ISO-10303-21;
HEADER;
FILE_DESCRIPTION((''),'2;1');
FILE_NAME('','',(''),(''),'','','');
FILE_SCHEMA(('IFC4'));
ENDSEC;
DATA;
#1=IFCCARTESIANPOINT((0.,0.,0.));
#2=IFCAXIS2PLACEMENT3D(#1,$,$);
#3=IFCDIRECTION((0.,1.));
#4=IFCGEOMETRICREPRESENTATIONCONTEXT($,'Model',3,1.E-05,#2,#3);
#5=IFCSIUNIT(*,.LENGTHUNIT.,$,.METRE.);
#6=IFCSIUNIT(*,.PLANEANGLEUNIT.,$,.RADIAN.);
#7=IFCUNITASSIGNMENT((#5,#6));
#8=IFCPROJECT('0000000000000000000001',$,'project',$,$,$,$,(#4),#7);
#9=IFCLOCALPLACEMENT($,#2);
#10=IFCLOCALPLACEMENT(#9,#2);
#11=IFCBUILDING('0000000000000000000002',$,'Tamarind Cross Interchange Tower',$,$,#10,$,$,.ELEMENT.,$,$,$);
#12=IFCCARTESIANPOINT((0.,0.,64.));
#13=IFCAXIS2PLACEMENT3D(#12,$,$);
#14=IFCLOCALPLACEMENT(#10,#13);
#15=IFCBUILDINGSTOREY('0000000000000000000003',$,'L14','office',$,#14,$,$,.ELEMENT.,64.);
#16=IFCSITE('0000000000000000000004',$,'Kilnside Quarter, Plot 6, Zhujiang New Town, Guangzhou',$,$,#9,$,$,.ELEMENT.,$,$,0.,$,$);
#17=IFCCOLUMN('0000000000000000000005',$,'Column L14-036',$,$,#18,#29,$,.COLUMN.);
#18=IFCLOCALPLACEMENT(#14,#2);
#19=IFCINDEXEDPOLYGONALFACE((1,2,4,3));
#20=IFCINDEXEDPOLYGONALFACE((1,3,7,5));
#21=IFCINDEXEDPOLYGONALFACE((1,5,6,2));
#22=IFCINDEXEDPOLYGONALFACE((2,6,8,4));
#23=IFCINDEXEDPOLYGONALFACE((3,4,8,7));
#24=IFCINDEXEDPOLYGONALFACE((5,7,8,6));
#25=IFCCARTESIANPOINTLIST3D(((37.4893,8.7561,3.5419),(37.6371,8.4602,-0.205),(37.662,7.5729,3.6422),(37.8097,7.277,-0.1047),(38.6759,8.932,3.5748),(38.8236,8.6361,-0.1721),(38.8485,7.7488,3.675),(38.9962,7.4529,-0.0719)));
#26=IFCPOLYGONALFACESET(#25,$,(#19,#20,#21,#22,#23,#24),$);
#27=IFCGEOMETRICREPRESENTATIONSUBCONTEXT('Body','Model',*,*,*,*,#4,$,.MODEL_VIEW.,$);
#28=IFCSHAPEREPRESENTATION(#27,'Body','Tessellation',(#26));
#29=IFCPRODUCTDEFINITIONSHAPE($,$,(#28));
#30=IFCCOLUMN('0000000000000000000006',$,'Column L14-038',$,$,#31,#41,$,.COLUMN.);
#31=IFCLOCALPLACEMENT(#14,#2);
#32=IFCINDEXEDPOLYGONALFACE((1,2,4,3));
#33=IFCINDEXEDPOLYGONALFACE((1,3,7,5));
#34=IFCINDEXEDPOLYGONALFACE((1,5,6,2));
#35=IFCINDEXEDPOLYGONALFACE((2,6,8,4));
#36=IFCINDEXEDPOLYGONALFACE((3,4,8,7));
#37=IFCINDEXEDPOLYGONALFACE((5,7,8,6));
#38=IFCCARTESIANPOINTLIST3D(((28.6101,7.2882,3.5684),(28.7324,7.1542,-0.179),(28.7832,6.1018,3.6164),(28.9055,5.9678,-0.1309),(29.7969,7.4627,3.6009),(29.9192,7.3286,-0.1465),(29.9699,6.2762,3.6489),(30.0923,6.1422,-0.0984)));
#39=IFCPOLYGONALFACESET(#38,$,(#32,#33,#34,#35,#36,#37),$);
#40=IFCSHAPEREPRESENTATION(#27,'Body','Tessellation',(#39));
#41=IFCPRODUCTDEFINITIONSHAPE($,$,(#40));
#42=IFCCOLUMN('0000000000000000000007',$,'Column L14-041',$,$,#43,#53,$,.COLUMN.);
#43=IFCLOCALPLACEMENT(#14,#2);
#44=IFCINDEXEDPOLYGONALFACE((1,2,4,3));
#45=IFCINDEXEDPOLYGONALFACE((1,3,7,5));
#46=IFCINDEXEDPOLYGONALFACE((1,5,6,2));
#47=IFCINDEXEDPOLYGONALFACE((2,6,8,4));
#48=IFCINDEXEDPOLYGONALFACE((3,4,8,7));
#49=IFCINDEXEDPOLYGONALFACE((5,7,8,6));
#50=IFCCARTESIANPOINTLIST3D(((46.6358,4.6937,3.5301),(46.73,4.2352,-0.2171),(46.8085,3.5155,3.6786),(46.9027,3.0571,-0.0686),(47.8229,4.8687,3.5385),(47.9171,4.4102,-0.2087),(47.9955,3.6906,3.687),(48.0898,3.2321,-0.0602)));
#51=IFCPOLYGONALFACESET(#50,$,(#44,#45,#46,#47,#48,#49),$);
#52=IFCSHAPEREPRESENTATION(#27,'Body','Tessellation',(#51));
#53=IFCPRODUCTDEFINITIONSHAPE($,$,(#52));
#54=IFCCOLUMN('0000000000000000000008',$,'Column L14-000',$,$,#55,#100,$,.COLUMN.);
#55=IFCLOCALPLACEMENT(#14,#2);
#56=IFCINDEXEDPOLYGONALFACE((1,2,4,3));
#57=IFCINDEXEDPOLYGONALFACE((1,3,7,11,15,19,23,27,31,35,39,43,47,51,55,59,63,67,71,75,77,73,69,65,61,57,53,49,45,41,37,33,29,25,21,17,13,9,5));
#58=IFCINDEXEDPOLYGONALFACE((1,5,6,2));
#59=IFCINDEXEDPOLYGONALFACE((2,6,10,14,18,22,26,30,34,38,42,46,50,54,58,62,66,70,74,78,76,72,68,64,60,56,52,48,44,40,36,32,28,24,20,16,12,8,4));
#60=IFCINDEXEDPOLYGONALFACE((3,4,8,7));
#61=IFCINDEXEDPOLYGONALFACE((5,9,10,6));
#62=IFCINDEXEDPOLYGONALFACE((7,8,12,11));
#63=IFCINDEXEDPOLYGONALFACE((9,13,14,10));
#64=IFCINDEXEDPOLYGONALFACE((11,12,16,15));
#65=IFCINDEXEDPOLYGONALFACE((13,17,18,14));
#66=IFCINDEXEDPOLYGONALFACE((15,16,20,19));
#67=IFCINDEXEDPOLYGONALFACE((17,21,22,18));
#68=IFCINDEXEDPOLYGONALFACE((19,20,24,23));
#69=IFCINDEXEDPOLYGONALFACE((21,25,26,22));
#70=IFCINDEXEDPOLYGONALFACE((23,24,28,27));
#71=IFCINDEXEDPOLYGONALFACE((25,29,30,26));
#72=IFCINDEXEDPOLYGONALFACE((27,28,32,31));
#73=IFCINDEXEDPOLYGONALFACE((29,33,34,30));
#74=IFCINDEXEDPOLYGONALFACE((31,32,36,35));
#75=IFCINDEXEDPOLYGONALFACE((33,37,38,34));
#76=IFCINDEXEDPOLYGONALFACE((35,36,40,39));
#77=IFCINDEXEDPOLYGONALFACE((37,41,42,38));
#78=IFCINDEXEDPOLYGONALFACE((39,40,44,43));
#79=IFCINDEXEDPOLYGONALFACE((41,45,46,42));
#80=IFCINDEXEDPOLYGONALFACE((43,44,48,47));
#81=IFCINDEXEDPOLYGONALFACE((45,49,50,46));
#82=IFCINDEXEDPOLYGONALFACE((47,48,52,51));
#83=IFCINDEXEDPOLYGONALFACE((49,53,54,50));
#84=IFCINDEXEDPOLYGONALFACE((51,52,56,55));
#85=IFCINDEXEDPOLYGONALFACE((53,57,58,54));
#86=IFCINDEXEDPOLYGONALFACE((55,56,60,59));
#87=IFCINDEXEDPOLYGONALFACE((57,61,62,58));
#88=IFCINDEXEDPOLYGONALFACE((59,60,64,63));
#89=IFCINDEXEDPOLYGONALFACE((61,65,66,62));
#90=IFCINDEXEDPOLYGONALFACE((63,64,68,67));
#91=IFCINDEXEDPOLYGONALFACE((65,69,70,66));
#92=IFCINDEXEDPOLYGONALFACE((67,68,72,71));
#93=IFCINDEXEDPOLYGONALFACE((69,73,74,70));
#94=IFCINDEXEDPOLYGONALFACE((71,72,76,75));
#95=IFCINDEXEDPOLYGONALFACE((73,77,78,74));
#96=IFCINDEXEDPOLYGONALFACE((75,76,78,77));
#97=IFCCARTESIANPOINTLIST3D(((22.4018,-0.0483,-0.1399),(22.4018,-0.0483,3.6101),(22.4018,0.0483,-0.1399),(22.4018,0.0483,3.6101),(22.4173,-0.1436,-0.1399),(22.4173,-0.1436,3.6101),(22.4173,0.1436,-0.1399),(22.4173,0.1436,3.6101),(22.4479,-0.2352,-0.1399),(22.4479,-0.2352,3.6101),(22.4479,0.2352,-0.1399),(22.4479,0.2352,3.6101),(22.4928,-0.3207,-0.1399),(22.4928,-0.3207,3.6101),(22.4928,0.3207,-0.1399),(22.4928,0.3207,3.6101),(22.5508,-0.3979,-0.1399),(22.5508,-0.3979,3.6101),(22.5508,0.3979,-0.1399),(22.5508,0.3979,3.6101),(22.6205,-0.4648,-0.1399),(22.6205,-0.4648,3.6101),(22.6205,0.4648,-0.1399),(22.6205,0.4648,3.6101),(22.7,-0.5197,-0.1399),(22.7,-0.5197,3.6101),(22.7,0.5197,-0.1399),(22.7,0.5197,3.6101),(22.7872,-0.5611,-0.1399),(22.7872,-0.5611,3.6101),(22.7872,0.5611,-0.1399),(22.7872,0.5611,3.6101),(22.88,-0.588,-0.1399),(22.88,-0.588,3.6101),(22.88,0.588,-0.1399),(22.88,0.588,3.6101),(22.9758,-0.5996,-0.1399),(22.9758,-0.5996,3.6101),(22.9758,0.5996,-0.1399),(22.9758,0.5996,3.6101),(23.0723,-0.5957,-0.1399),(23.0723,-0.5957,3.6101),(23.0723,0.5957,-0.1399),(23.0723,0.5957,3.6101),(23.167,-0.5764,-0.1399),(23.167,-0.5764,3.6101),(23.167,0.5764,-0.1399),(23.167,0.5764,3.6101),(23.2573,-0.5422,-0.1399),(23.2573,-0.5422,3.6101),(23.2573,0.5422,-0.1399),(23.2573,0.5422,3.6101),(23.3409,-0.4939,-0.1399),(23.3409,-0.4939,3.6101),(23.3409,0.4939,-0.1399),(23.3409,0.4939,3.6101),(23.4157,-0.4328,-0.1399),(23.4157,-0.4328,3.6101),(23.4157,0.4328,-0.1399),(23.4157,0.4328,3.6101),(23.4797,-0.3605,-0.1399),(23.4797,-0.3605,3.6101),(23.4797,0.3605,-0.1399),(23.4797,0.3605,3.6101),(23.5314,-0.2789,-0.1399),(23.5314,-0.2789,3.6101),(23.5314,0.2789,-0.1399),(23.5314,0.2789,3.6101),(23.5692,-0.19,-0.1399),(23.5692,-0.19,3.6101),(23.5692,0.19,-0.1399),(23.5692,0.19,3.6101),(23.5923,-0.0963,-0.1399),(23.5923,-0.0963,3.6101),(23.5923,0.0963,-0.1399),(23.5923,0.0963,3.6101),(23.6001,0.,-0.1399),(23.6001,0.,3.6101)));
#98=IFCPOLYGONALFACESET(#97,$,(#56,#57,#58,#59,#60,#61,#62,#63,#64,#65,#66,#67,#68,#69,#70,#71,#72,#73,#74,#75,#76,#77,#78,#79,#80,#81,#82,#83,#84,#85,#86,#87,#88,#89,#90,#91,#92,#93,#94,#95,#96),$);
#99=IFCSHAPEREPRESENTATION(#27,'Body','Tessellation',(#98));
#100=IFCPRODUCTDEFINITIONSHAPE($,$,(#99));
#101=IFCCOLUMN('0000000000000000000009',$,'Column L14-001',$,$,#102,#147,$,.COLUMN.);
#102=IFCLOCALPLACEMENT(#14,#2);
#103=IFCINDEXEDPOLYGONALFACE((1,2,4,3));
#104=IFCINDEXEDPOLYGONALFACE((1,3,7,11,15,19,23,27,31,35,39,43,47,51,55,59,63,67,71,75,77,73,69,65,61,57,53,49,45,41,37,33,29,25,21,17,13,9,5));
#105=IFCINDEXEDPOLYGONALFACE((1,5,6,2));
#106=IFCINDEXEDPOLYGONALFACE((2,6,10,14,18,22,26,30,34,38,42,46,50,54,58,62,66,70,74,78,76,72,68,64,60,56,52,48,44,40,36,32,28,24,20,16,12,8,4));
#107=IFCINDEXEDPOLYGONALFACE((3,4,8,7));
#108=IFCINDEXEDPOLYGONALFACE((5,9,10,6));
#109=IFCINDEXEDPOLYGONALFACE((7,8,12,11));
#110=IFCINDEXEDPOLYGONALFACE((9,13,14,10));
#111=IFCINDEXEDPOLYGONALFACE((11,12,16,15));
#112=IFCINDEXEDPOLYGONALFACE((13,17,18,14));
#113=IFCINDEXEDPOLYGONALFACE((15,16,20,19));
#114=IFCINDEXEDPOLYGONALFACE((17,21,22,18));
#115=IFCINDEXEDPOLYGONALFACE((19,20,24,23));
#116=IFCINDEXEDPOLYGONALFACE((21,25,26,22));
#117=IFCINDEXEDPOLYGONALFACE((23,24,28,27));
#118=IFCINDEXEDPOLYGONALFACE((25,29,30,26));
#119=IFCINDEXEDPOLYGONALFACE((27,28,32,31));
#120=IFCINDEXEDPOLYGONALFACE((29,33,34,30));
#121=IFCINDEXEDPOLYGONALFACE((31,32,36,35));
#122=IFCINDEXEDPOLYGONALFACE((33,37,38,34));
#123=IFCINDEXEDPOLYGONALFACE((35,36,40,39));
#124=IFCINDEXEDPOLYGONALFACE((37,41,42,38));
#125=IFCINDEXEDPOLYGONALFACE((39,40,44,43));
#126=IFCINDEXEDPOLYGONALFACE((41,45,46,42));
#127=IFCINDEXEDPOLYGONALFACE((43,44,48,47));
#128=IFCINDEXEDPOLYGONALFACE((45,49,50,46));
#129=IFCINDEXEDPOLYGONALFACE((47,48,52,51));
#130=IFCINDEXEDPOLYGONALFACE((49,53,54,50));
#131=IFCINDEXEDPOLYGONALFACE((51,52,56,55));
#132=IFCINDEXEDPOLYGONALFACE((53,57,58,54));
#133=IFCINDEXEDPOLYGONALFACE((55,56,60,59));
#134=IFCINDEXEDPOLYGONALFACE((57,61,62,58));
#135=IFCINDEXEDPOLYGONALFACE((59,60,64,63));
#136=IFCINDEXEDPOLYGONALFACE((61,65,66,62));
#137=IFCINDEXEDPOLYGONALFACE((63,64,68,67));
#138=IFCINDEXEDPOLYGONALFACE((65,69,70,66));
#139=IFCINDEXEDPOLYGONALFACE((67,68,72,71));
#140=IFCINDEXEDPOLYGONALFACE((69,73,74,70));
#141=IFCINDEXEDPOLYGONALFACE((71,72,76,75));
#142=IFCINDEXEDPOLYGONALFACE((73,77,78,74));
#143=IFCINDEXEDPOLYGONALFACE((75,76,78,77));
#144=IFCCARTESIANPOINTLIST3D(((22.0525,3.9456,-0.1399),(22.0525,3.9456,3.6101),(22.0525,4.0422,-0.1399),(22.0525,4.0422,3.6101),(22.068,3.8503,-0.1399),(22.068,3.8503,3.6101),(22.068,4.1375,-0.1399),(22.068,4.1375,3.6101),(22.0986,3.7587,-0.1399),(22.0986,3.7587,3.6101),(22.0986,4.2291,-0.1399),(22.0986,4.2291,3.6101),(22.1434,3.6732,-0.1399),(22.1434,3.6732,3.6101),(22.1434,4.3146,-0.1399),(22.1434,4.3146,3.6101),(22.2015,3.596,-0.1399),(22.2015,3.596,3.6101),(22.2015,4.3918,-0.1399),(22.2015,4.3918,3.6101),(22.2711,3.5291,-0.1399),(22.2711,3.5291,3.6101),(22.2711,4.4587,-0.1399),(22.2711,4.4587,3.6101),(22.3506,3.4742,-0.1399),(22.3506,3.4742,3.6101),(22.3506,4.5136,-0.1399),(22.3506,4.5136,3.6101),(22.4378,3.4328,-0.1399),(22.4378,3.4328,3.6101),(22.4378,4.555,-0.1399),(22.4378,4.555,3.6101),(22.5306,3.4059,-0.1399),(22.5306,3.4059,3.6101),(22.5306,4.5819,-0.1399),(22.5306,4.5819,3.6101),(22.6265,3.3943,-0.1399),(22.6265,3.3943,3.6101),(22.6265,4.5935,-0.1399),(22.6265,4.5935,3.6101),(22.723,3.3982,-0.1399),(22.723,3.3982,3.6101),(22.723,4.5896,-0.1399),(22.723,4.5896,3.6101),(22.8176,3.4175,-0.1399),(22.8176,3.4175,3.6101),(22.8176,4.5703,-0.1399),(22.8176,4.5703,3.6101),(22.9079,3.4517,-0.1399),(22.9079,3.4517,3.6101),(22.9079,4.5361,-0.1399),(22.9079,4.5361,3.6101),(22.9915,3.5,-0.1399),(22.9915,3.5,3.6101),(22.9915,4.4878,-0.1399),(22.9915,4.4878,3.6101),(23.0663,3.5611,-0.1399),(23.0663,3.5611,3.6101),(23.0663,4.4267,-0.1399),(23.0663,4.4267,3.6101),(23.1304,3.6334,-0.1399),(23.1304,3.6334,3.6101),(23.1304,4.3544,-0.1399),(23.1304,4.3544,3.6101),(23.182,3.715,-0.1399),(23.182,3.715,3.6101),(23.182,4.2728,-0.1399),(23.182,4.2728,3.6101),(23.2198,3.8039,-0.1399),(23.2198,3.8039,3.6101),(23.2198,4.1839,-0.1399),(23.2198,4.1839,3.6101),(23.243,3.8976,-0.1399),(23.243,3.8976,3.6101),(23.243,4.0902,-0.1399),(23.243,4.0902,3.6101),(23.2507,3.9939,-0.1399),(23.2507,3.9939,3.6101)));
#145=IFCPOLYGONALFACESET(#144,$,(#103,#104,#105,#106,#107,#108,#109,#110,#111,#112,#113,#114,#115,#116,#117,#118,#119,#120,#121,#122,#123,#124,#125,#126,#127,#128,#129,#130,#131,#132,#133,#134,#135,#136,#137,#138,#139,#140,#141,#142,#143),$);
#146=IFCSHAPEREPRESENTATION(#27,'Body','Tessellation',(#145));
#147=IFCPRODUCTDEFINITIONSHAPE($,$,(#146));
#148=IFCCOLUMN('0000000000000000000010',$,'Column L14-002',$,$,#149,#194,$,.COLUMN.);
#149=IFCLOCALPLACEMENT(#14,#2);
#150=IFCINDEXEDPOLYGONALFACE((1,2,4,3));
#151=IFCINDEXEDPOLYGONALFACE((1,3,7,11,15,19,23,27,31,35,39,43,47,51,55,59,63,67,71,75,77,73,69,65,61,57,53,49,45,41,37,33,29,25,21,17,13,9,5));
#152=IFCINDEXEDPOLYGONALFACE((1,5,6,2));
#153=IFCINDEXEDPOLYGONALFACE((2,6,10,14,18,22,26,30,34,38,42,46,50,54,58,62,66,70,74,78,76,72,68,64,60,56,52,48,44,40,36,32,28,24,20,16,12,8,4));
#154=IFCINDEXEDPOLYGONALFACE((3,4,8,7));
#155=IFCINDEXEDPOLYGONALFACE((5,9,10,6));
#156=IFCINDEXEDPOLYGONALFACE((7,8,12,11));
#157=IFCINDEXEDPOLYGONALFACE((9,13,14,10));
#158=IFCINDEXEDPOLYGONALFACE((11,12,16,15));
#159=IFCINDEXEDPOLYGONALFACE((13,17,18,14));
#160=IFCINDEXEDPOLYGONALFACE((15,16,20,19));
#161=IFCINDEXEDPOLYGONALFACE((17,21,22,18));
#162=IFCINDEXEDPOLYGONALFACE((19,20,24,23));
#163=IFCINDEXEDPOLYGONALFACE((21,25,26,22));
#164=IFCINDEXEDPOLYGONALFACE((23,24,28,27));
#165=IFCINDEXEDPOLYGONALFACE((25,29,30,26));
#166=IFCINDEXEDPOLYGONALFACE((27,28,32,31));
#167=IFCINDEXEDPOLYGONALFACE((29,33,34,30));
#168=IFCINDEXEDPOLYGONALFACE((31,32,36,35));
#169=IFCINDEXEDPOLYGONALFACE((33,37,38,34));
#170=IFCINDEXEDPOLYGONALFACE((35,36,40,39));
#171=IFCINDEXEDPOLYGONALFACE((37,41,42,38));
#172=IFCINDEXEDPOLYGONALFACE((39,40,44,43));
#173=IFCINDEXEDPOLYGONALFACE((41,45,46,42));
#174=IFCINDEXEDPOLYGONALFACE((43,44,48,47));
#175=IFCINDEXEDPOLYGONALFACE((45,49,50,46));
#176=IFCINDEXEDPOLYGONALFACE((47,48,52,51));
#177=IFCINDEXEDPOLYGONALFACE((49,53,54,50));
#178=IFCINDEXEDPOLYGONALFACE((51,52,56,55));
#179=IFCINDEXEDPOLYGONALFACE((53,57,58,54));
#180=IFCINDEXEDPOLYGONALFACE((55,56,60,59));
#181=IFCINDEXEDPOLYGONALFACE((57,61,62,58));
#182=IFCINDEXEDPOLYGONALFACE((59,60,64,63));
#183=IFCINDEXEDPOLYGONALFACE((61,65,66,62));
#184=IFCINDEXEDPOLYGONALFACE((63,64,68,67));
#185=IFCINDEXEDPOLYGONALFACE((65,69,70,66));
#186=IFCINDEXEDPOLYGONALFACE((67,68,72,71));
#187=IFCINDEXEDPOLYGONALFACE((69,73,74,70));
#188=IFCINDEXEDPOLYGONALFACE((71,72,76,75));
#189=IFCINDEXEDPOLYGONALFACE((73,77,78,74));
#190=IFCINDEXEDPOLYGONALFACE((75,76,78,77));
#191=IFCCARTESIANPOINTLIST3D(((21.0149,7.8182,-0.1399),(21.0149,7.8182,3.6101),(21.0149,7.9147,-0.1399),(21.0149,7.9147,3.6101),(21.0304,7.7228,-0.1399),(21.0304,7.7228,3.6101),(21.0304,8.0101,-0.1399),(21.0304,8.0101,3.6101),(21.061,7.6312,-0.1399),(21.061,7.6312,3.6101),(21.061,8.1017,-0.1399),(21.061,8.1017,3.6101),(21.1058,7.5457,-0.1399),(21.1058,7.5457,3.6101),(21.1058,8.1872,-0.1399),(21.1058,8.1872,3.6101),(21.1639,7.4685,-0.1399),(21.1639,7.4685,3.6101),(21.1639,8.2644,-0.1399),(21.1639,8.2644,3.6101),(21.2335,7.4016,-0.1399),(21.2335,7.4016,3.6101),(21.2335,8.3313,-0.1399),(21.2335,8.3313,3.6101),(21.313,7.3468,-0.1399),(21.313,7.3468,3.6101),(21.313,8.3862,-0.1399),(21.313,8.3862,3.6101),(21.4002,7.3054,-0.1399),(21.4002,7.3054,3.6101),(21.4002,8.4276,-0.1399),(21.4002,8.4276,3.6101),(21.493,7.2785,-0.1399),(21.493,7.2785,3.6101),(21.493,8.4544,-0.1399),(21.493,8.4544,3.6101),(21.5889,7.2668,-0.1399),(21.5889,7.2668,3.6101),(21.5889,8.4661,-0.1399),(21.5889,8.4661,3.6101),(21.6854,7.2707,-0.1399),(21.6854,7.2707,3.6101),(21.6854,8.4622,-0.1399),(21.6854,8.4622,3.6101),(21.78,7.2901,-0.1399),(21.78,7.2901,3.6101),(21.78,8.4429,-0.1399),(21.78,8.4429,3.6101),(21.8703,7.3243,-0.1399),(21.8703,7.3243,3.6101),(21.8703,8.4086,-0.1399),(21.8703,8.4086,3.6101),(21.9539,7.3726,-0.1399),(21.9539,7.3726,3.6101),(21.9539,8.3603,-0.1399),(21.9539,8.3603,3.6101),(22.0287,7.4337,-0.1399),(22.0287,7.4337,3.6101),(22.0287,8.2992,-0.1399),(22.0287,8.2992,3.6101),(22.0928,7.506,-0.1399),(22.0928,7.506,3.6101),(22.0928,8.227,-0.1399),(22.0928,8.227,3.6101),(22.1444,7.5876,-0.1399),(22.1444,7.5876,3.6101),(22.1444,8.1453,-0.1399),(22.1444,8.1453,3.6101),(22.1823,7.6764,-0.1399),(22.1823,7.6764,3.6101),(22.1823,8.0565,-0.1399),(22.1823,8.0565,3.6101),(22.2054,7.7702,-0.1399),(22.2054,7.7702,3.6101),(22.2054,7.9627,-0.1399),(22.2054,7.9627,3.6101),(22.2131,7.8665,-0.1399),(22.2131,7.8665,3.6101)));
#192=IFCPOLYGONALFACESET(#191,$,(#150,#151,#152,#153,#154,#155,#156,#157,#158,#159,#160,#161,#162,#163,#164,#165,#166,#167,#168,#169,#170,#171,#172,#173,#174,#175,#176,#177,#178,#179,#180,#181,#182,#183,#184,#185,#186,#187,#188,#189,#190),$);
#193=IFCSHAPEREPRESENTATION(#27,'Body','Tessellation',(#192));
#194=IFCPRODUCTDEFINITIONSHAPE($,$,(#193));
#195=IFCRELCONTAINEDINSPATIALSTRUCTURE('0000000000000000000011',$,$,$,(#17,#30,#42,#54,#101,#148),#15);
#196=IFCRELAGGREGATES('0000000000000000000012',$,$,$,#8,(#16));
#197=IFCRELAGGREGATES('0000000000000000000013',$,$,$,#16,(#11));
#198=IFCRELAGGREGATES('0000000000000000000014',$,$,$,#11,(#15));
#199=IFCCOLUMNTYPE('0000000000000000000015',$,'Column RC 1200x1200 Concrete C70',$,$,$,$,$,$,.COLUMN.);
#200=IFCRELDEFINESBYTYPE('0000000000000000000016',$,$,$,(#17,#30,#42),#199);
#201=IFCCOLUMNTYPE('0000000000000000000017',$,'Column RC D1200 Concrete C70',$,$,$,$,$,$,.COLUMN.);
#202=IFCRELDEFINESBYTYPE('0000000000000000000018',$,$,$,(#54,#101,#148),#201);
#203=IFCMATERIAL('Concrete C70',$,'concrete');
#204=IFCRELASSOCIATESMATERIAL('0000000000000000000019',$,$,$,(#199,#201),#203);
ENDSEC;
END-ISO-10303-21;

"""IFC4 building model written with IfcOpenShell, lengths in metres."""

from ifc_helpers import new_model, si_unit, direction, frame, origin, origin_2d, place, context, subcontext, project, spatial, rectangle, circle, extrude, material, material_profile, profile_set, type_object, element, save


model = new_model("IFC4")

# Units and contexts
model_context = context("Model", 3, precision=1e-05, world=origin(), true_north=direction((0.0, 1.0)))
body_context = subcontext(model_context, "Body", "Model", "MODEL_VIEW")
ifc_project = project(units=[si_unit("LENGTHUNIT", "METRE"), si_unit("PLANEANGLEUNIT", "RADIAN")], contexts=[model_context])

# Site, building, storey
site_placement = place(None, origin())
site = spatial("IfcSite", under=ifc_project, at=site_placement, Name="Kilnside Quarter, Plot 6, Zhujiang New Town, Guangzhou", CompositionType="ELEMENT", RefElevation=0.0)
building_placement = place(site_placement, origin())
building = spatial("IfcBuilding", under=site, at=building_placement, Name="Tamarind Cross Interchange Tower", CompositionType="ELEMENT")
storey_placement = place(building_placement, frame((0.0, 0.0, 64.0)))
storey = spatial("IfcBuildingStorey", under=building, at=storey_placement, Name="L14", Description="office", CompositionType="ELEMENT", Elevation=64.0)

# Columns
ifc_material_1 = material(Name="Concrete C70", Category="concrete")
ifc_material_profile_1 = material_profile(ifc_material_1, rectangle(XDim=1.2, YDim=1.2, at=origin_2d()), Name="RC 1200x1200")
ifc_profile_set_1 = profile_set([ifc_material_profile_1], Name="Concrete C70")
column_type_1 = type_object("IfcColumnType", Name="Column RC 1200x1200 Concrete C70", PredefinedType="COLUMN", material=ifc_profile_set_1)
column_1_placement = place(storey_placement, frame((38.3167, 7.9565, -0.1384), z_axis=(-0.039269, 0.078667, 0.996127), x_axis=(0.143893, -0.98606, 0.083545)))
element("IfcColumn", 1, at=column_1_placement, inside=storey, type_object=column_type_1, Name="Column L14-036", PredefinedType="COLUMN", context=body_context, shape_type="SweptSolid", body=[
    extrude(rectangle(XDim=1.2, YDim=1.2, at=origin_2d()), origin(), (0.0, 0.0, 1.0), 3.7615),
])
column_2_placement = place(storey_placement, frame((29.4124, 6.6482, -0.1387), z_axis=(-0.032602, 0.035726, 0.99883), x_axis=(0.144216, -0.988735, 0.040072)))
element("IfcColumn", 2, at=column_2_placement, inside=storey, type_object=column_type_1, Name="Column L14-038", PredefinedType="COLUMN", context=body_context, shape_type="SweptSolid", body=[
    extrude(rectangle(XDim=1.2, YDim=1.2, at=origin_2d()), origin(), (0.0, 0.0, 1.0), 3.7517),
])
column_3_placement = place(storey_placement, frame((47.4099, 3.7336, -0.1387), z_axis=(-0.024954, 0.12141, 0.992289), x_axis=(0.143882, -0.981827, 0.123748)))
element("IfcColumn", 3, at=column_3_placement, inside=storey, type_object=column_type_1, Name="Column L14-041", PredefinedType="COLUMN", context=body_context, shape_type="SweptSolid", body=[
    extrude(rectangle(XDim=1.2, YDim=1.2, at=origin_2d()), origin(), (0.0, 0.0, 1.0), 3.7764),
])
ifc_material_profile_2 = material_profile(ifc_material_1, circle(Radius=0.6001, at=origin_2d()), Name="RC D1200")
ifc_profile_set_2 = profile_set([ifc_material_profile_2], Name="Concrete C70")
column_type_2 = type_object("IfcColumnType", Name="Column RC D1200 Concrete C70", PredefinedType="COLUMN", material=ifc_profile_set_2)
for number, where, z_axis, x_axis, name in (
    (4, (23.0, 0.0, -0.1399), (0.0, 0.0, 1.0), (1.0, 0.0, 0.0), "Column L14-000"),
    (5, (22.6506, 3.9939, -0.1399), (0.0, 0.0, 1.0), (1.0, 0.0, 0.0), "Column L14-001"),
    (6, (21.613, 7.8665, -0.1399), (0.0, 0.0, 1.0), (1.0, 0.0, 0.0), "Column L14-002"),
):
    element("IfcColumn", number, at=place(storey_placement, frame(where, z_axis=z_axis, x_axis=x_axis)), inside=storey, type_object=column_type_2, Name=name, PredefinedType="COLUMN", context=body_context, shape_type="SweptSolid", body=[
        extrude(circle(Radius=0.6001, at=origin_2d()), origin(), (0.0, 0.0, 1.0), 3.75),
    ])

save(model, "model.ifc")
